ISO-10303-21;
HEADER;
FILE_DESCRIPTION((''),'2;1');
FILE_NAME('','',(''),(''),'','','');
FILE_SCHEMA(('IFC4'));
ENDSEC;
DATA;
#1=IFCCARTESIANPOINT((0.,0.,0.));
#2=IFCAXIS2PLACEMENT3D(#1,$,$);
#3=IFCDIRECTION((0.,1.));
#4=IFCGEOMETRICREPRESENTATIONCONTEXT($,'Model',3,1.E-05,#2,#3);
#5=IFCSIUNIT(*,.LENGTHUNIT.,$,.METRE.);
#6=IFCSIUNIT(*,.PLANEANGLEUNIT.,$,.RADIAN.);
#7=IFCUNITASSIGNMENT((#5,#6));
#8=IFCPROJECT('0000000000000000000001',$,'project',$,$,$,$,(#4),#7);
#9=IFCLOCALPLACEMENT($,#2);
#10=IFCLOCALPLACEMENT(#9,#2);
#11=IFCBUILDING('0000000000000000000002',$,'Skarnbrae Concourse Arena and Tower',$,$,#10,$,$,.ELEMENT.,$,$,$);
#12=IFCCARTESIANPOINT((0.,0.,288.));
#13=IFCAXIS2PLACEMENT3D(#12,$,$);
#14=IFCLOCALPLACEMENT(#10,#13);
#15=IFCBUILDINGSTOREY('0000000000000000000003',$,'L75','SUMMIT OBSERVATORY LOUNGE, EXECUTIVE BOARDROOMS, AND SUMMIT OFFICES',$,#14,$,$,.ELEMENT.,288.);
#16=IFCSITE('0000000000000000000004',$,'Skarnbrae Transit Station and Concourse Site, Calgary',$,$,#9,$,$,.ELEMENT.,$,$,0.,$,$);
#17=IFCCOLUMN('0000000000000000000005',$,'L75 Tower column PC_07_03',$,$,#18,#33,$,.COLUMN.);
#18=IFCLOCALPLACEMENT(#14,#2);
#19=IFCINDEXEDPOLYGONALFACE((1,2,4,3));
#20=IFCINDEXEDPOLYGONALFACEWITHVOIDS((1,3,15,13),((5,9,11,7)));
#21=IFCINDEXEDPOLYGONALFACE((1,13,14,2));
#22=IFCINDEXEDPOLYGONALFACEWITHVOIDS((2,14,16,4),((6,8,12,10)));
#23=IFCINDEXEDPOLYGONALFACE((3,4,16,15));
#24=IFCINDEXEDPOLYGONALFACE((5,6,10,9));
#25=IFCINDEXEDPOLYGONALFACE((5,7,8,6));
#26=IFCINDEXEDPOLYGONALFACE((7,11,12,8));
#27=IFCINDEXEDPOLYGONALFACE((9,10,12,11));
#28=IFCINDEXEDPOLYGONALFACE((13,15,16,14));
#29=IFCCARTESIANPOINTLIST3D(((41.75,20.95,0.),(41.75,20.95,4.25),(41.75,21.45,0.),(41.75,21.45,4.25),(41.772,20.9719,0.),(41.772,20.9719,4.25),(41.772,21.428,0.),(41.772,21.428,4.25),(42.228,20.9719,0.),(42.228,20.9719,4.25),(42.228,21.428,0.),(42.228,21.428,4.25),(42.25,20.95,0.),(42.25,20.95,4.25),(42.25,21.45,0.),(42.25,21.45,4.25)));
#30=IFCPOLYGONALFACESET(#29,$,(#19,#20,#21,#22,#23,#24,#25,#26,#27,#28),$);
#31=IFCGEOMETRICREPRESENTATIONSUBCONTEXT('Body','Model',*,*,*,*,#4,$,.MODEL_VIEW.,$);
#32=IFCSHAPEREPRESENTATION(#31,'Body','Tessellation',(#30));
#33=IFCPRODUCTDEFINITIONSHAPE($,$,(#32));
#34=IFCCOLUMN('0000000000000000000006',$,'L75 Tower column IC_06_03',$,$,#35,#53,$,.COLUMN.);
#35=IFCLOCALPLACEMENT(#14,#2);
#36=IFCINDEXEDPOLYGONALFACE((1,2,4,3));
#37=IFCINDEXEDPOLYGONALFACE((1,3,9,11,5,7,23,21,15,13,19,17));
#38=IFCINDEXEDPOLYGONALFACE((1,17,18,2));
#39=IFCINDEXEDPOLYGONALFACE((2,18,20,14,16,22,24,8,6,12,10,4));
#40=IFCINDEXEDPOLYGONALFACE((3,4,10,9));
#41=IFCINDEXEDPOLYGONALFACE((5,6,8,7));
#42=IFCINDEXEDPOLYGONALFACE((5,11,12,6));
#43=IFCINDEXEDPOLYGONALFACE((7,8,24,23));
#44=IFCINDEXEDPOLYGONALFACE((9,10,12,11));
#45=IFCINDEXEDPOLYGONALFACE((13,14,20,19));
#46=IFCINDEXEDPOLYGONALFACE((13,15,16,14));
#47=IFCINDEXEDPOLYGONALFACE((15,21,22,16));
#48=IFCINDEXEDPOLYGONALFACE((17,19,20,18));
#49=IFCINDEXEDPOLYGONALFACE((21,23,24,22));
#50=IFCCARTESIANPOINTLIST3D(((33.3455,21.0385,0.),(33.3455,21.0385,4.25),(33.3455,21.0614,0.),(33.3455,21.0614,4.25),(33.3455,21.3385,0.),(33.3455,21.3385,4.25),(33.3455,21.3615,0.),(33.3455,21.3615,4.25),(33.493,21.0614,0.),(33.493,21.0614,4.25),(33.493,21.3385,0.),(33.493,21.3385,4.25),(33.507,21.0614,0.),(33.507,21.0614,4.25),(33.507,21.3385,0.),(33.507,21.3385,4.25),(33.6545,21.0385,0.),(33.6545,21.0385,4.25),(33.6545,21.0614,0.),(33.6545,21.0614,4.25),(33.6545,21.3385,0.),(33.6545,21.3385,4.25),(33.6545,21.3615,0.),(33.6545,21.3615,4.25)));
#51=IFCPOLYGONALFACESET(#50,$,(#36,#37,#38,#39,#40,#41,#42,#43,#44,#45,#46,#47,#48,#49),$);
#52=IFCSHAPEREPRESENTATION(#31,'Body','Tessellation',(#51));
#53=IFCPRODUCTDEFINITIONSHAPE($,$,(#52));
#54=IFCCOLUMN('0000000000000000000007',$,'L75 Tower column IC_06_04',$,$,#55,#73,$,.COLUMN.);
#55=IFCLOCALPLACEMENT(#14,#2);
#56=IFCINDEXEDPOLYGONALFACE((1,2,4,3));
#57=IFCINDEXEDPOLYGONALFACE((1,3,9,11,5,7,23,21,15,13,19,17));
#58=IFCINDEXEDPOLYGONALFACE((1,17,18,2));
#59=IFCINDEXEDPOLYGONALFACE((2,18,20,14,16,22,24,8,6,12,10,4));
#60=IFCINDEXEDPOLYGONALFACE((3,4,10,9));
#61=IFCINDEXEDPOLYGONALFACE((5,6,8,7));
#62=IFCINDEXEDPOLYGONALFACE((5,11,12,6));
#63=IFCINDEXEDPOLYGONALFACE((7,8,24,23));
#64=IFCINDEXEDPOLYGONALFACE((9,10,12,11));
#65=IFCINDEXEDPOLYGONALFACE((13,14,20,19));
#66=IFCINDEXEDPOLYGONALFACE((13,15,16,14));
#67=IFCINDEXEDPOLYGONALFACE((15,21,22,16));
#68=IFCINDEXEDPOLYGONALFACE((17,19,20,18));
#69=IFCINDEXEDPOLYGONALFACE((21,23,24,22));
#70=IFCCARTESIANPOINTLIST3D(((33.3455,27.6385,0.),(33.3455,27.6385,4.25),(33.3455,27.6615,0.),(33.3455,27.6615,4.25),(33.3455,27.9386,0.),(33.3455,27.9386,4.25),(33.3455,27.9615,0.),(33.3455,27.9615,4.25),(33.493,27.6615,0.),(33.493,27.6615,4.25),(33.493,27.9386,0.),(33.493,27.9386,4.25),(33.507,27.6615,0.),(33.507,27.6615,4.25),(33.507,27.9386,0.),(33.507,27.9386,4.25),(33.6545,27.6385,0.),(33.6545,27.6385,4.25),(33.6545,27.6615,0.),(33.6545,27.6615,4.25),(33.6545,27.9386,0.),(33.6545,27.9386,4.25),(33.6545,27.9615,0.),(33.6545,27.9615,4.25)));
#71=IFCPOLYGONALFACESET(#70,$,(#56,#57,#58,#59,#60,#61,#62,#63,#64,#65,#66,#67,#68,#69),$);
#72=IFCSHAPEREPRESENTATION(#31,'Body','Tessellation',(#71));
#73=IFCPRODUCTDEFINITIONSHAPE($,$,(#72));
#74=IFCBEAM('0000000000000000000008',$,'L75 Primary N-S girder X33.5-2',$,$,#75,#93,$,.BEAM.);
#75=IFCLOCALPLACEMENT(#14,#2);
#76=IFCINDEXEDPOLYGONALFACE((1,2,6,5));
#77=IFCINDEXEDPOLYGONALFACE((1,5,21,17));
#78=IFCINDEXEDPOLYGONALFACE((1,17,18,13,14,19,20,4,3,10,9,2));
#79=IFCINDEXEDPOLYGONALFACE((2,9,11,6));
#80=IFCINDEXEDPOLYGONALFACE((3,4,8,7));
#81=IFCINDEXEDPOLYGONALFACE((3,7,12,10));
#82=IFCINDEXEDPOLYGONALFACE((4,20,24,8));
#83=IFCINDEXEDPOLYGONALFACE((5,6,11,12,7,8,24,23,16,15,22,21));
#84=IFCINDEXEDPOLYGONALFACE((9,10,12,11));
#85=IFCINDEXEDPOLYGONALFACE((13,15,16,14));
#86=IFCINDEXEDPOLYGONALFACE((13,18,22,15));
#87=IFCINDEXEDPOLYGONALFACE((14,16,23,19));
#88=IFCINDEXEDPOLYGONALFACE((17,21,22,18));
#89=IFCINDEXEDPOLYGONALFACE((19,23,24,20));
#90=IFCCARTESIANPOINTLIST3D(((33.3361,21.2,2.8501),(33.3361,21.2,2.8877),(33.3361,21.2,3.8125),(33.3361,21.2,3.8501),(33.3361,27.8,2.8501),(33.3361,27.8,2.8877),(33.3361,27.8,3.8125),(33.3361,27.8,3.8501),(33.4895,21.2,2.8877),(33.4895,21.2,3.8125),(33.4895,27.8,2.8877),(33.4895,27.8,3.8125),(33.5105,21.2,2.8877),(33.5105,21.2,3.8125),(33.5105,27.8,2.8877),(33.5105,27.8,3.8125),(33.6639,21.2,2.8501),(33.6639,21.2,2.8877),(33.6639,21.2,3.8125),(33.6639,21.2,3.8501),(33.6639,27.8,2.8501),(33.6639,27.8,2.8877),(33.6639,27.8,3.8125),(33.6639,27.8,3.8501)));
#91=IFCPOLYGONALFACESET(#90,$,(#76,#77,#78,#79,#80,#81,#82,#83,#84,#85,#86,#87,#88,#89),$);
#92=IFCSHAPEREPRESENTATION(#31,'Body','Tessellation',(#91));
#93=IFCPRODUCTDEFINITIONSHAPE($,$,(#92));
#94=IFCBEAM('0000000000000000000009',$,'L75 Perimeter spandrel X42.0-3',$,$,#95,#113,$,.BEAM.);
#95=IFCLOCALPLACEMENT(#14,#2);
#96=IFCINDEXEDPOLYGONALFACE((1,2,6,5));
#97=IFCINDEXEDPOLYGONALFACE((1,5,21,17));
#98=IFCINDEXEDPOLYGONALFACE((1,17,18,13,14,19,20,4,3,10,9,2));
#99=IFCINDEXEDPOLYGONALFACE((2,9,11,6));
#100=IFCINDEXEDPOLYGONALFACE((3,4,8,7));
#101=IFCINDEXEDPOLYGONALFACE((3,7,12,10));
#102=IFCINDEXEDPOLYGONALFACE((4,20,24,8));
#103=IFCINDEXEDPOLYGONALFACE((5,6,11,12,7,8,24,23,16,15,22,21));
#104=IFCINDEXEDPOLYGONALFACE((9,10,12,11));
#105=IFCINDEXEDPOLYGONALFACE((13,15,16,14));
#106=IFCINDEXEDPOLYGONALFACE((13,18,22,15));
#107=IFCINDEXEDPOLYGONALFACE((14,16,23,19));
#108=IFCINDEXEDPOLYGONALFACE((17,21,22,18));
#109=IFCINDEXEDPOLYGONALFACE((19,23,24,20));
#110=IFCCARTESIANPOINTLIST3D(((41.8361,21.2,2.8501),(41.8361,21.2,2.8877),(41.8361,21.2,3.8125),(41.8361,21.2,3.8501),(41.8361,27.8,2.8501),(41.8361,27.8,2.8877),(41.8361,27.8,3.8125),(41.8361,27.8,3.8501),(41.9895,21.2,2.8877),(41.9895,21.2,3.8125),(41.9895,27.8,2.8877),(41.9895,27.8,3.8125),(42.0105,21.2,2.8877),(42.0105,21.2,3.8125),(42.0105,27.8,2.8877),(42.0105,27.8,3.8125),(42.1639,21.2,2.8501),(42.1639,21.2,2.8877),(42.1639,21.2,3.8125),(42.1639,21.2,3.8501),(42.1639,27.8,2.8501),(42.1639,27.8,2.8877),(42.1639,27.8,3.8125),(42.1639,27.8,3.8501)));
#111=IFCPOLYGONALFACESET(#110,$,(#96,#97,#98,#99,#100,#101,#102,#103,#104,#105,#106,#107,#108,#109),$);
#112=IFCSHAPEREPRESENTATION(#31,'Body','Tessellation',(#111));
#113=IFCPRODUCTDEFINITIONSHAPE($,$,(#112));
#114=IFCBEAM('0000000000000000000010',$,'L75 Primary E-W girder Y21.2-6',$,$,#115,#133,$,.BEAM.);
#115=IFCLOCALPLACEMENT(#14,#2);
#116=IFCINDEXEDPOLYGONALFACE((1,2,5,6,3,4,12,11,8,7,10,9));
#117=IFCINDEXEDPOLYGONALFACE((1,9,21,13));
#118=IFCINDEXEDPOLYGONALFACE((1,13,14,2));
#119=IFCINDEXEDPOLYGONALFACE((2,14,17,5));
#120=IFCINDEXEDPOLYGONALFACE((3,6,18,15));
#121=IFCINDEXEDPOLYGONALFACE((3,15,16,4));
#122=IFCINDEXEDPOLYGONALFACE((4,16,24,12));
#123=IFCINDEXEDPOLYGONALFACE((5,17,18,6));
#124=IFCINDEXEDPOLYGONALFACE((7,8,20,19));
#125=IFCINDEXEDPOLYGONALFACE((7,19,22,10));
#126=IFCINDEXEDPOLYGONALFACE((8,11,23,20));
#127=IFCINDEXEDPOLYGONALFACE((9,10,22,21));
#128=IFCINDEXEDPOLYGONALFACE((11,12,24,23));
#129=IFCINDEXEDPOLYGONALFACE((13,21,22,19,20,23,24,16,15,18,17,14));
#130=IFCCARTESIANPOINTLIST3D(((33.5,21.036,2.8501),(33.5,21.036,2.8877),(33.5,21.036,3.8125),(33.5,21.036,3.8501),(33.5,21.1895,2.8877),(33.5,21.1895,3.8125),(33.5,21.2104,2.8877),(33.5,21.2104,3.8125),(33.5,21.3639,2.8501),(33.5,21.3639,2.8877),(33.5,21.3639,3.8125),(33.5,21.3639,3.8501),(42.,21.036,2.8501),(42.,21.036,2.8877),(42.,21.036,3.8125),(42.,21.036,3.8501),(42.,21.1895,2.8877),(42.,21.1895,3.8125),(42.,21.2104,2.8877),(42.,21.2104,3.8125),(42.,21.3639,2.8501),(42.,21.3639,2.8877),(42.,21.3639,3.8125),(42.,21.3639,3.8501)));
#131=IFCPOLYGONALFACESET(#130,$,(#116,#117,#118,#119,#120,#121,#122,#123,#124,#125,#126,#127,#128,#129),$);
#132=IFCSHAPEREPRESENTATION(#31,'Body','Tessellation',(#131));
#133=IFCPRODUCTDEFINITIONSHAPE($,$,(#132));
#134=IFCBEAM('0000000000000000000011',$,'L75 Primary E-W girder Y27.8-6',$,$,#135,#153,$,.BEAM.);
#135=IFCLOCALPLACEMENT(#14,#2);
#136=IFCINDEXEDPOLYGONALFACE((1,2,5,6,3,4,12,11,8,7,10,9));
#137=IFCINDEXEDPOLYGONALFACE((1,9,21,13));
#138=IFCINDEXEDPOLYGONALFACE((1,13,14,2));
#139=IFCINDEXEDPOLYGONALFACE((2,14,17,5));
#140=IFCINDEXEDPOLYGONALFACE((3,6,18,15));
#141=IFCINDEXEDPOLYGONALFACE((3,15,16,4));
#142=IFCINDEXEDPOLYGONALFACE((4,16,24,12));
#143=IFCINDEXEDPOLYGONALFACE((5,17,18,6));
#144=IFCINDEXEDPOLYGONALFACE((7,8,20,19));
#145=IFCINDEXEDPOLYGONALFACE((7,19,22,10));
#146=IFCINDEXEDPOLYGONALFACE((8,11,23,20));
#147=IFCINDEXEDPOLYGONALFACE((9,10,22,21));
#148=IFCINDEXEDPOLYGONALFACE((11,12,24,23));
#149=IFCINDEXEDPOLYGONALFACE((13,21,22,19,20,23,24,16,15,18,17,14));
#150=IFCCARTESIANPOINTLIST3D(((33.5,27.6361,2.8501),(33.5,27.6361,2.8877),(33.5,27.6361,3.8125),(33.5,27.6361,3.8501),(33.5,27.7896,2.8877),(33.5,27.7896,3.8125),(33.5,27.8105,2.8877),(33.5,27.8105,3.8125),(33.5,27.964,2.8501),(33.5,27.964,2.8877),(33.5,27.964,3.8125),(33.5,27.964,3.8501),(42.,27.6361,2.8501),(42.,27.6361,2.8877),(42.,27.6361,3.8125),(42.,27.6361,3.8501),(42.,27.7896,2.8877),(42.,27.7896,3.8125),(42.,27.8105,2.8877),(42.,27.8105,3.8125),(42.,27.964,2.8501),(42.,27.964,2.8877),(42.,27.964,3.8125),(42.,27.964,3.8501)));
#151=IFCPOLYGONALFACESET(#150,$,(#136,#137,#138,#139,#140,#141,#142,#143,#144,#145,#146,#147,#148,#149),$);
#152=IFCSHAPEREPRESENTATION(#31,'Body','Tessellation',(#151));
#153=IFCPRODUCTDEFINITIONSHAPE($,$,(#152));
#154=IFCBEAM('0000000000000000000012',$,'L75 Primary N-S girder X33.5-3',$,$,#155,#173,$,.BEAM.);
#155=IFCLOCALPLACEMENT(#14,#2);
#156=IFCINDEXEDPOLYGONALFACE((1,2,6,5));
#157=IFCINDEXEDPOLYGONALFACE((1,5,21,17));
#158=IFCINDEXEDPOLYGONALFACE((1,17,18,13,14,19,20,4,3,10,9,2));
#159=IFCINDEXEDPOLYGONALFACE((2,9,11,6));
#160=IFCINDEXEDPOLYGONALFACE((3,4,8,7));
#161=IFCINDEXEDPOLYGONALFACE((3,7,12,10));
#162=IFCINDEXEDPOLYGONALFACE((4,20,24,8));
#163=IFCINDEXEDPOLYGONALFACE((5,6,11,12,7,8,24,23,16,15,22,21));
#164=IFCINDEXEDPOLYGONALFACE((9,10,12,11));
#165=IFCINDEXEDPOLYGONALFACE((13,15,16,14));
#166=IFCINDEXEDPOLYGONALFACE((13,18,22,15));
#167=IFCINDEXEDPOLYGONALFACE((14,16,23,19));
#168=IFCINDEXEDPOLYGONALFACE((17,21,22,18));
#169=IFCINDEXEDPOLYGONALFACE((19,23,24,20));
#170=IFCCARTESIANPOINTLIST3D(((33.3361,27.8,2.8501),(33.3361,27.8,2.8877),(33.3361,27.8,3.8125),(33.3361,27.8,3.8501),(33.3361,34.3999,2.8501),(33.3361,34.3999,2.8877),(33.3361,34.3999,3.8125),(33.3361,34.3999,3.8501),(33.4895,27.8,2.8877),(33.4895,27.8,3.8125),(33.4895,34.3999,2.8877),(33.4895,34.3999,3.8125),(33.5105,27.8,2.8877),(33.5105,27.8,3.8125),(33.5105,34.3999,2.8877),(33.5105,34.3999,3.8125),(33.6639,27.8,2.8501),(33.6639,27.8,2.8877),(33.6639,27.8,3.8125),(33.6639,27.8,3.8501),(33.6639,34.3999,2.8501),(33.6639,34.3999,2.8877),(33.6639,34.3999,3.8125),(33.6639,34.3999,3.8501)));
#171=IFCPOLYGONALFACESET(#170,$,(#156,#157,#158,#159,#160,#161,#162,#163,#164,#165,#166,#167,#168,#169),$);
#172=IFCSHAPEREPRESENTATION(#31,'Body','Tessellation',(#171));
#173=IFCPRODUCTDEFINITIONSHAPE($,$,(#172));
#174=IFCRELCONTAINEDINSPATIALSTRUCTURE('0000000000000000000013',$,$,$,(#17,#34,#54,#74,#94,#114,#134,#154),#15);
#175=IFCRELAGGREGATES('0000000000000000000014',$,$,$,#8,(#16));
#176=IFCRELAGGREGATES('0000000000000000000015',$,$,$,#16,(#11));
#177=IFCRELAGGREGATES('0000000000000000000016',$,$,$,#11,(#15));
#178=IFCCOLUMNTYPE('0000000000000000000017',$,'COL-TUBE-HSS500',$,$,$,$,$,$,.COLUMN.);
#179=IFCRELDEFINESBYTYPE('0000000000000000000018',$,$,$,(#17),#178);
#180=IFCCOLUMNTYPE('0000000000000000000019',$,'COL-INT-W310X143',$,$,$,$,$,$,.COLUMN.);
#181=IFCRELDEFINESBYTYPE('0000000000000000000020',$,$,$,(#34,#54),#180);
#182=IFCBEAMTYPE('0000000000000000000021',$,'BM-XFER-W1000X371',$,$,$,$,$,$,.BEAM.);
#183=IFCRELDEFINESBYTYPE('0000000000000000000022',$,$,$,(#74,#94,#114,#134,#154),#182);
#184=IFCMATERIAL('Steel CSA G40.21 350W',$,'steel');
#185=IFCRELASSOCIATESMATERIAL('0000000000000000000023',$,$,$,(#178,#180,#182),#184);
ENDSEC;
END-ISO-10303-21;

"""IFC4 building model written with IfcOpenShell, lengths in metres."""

from ifc_helpers import new_model, si_unit, direction, frame, origin, origin_2d, place, context, subcontext, project, spatial, hollow_rectangle, i_section, extrude, source, transform, mapped, material, material_profile, profile_set, type_object, element, save


model = new_model("IFC4")

# Units and contexts
model_context = context("Model", 3, precision=1e-05, world=origin(), true_north=direction((0.0, 1.0)))
body_context = subcontext(model_context, "Body", "Model", "MODEL_VIEW")
ifc_project = project(units=[si_unit("LENGTHUNIT", "METRE"), si_unit("PLANEANGLEUNIT", "RADIAN")], contexts=[model_context])

# Site, building, storey
site_placement = place(None, origin())
site = spatial("IfcSite", under=ifc_project, at=site_placement, Name="Skarnbrae Transit Station and Concourse Site, Calgary", CompositionType="ELEMENT", RefElevation=0.0)
building_placement = place(site_placement, origin())
building = spatial("IfcBuilding", under=site, at=building_placement, Name="Skarnbrae Concourse Arena and Tower", CompositionType="ELEMENT")
storey_placement = place(building_placement, frame((0.0, 0.0, 288.0)))
storey = spatial("IfcBuildingStorey", under=building, at=storey_placement, Name="L75", Description="SUMMIT OBSERVATORY LOUNGE, EXECUTIVE BOARDROOMS, AND SUMMIT OFFICES", CompositionType="ELEMENT", Elevation=288.0)

# Columns
ifc_material_1 = material(Name="Steel CSA G40.21 350W", Category="steel")
ifc_material_profile_1 = material_profile(ifc_material_1, hollow_rectangle(XDim=0.5, YDim=0.5, WallThickness=0.022, at=origin_2d()), Name="HSS500X500X22.0")
ifc_profile_set_1 = profile_set([ifc_material_profile_1], Name="Steel CSA G40.21 350W")
column_type_1 = type_object("IfcColumnType", Name="COL-TUBE-HSS500", PredefinedType="COLUMN", material=ifc_profile_set_1)
shared_shape_1 = source(origin(), body_context, "Body", "SweptSolid", [
    extrude(hollow_rectangle(XDim=0.5, YDim=0.5, WallThickness=0.022, at=origin_2d()), origin(), (0.0, 0.0, 1.0), 4.25),
])
column_placement = place(storey_placement, frame((42.0, 21.2, 0.0), z_axis=(0.0, 0.0, 1.0), x_axis=(1.0, 0.0, 0.0)))
element("IfcColumn", 1, at=column_placement, inside=storey, type_object=column_type_1, Name="L75 Tower column PC_07_03", PredefinedType="COLUMN", context=body_context, shape_type="MappedRepresentation", body=[
    mapped(shared_shape_1, transform((0.0, 0.0, 0.0))),
])
ifc_material_profile_2 = material_profile(ifc_material_1, i_section(OverallWidth=0.3091, OverallDepth=0.323, WebThickness=0.0139, FlangeThickness=0.0229, at=origin_2d()), Name="W310X143")
ifc_profile_set_2 = profile_set([ifc_material_profile_2], Name="Steel CSA G40.21 350W")
column_type_2 = type_object("IfcColumnType", Name="COL-INT-W310X143", PredefinedType="COLUMN", material=ifc_profile_set_2)
shared_shape_2 = source(origin(), body_context, "Body", "SweptSolid", [
    extrude(i_section(OverallWidth=0.3091, OverallDepth=0.323, WebThickness=0.0139, FlangeThickness=0.0229, at=origin_2d()), origin(), (0.0, 0.0, 1.0), 4.25),
])
for number, where, z_axis, x_axis, name in (
    (2, (33.5, 21.2, 0.0), (0.0, 0.0, 1.0), (1.0, 0.0, 0.0), "L75 Tower column IC_06_03"),
    (3, (33.5, 27.8, 0.0), (0.0, 0.0, 1.0), (1.0, 0.0, 0.0), "L75 Tower column IC_06_04"),
):
    element("IfcColumn", number, at=place(storey_placement, frame(where, z_axis=z_axis, x_axis=x_axis)), inside=storey, type_object=column_type_2, Name=name, PredefinedType="COLUMN", context=body_context, shape_type="MappedRepresentation", body=[
        mapped(shared_shape_2, transform((0.0, 0.0, 0.0))),
    ])

# Beams
ifc_material_profile_3 = material_profile(ifc_material_1, i_section(OverallWidth=0.3279, OverallDepth=1.0, WebThickness=0.021, FlangeThickness=0.0376, at=origin_2d()), Name="W1000X371")
ifc_profile_set_3 = profile_set([ifc_material_profile_3], Name="Steel CSA G40.21 350W")
beam_type_1 = type_object("IfcBeamType", Name="BM-XFER-W1000X371", PredefinedType="BEAM", material=ifc_profile_set_3)
shared_shape_3 = source(origin(), body_context, "Body", "SweptSolid", [
    extrude(i_section(OverallWidth=0.3279, OverallDepth=1.0, WebThickness=0.021, FlangeThickness=0.0376, at=origin_2d()), origin(), (0.0, 0.0, 1.0), 6.6001),
])
for number, where, z_axis, x_axis, name in (
    (4, (33.5, 21.2, 3.3501), (0.0, 1.0, 0.0), (-1.0, 0.0, 0.0), "L75 Primary N-S girder X33.5-2"),
    (5, (42.0, 21.2, 3.3501), (0.0, 1.0, 0.0), (-1.0, 0.0, 0.0), "L75 Perimeter spandrel X42.0-3"),
):
    element("IfcBeam", number, at=place(storey_placement, frame(where, z_axis=z_axis, x_axis=x_axis)), inside=storey, type_object=beam_type_1, Name=name, PredefinedType="BEAM", context=body_context, shape_type="MappedRepresentation", body=[
        mapped(shared_shape_3, transform((0.0, 0.0, 0.0))),
    ])
shared_shape_4 = source(origin(), body_context, "Body", "SweptSolid", [
    extrude(i_section(OverallWidth=0.3279, OverallDepth=1.0, WebThickness=0.021, FlangeThickness=0.0376, at=origin_2d()), origin(), (0.0, 0.0, 1.0), 8.5),
])
for number, where, z_axis, x_axis, name in (
    (6, (33.5, 21.2, 3.3501), (1.0, 0.0, 0.0), (0.0, 1.0, 0.0), "L75 Primary E-W girder Y21.2-6"),
    (7, (33.5, 27.8, 3.3501), (1.0, 0.0, 0.0), (0.0, 1.0, 0.0), "L75 Primary E-W girder Y27.8-6"),
):
    element("IfcBeam", number, at=place(storey_placement, frame(where, z_axis=z_axis, x_axis=x_axis)), inside=storey, type_object=beam_type_1, Name=name, PredefinedType="BEAM", context=body_context, shape_type="MappedRepresentation", body=[
        mapped(shared_shape_4, transform((0.0, 0.0, 0.0))),
    ])
shared_shape_5 = source(origin(), body_context, "Body", "SweptSolid", [
    extrude(i_section(OverallWidth=0.3279, OverallDepth=1.0, WebThickness=0.021, FlangeThickness=0.0376, at=origin_2d()), origin(), (0.0, 0.0, 1.0), 6.5999),
])
beam_placement = place(storey_placement, frame((33.5, 27.8, 3.3501), z_axis=(0.0, 1.0, 0.0), x_axis=(-1.0, 0.0, 0.0)))
element("IfcBeam", 8, at=beam_placement, inside=storey, type_object=beam_type_1, Name="L75 Primary N-S girder X33.5-3", PredefinedType="BEAM", context=body_context, shape_type="MappedRepresentation", body=[
    mapped(shared_shape_5, transform((0.0, 0.0, 0.0))),
])

save(model, "model.ifc")
